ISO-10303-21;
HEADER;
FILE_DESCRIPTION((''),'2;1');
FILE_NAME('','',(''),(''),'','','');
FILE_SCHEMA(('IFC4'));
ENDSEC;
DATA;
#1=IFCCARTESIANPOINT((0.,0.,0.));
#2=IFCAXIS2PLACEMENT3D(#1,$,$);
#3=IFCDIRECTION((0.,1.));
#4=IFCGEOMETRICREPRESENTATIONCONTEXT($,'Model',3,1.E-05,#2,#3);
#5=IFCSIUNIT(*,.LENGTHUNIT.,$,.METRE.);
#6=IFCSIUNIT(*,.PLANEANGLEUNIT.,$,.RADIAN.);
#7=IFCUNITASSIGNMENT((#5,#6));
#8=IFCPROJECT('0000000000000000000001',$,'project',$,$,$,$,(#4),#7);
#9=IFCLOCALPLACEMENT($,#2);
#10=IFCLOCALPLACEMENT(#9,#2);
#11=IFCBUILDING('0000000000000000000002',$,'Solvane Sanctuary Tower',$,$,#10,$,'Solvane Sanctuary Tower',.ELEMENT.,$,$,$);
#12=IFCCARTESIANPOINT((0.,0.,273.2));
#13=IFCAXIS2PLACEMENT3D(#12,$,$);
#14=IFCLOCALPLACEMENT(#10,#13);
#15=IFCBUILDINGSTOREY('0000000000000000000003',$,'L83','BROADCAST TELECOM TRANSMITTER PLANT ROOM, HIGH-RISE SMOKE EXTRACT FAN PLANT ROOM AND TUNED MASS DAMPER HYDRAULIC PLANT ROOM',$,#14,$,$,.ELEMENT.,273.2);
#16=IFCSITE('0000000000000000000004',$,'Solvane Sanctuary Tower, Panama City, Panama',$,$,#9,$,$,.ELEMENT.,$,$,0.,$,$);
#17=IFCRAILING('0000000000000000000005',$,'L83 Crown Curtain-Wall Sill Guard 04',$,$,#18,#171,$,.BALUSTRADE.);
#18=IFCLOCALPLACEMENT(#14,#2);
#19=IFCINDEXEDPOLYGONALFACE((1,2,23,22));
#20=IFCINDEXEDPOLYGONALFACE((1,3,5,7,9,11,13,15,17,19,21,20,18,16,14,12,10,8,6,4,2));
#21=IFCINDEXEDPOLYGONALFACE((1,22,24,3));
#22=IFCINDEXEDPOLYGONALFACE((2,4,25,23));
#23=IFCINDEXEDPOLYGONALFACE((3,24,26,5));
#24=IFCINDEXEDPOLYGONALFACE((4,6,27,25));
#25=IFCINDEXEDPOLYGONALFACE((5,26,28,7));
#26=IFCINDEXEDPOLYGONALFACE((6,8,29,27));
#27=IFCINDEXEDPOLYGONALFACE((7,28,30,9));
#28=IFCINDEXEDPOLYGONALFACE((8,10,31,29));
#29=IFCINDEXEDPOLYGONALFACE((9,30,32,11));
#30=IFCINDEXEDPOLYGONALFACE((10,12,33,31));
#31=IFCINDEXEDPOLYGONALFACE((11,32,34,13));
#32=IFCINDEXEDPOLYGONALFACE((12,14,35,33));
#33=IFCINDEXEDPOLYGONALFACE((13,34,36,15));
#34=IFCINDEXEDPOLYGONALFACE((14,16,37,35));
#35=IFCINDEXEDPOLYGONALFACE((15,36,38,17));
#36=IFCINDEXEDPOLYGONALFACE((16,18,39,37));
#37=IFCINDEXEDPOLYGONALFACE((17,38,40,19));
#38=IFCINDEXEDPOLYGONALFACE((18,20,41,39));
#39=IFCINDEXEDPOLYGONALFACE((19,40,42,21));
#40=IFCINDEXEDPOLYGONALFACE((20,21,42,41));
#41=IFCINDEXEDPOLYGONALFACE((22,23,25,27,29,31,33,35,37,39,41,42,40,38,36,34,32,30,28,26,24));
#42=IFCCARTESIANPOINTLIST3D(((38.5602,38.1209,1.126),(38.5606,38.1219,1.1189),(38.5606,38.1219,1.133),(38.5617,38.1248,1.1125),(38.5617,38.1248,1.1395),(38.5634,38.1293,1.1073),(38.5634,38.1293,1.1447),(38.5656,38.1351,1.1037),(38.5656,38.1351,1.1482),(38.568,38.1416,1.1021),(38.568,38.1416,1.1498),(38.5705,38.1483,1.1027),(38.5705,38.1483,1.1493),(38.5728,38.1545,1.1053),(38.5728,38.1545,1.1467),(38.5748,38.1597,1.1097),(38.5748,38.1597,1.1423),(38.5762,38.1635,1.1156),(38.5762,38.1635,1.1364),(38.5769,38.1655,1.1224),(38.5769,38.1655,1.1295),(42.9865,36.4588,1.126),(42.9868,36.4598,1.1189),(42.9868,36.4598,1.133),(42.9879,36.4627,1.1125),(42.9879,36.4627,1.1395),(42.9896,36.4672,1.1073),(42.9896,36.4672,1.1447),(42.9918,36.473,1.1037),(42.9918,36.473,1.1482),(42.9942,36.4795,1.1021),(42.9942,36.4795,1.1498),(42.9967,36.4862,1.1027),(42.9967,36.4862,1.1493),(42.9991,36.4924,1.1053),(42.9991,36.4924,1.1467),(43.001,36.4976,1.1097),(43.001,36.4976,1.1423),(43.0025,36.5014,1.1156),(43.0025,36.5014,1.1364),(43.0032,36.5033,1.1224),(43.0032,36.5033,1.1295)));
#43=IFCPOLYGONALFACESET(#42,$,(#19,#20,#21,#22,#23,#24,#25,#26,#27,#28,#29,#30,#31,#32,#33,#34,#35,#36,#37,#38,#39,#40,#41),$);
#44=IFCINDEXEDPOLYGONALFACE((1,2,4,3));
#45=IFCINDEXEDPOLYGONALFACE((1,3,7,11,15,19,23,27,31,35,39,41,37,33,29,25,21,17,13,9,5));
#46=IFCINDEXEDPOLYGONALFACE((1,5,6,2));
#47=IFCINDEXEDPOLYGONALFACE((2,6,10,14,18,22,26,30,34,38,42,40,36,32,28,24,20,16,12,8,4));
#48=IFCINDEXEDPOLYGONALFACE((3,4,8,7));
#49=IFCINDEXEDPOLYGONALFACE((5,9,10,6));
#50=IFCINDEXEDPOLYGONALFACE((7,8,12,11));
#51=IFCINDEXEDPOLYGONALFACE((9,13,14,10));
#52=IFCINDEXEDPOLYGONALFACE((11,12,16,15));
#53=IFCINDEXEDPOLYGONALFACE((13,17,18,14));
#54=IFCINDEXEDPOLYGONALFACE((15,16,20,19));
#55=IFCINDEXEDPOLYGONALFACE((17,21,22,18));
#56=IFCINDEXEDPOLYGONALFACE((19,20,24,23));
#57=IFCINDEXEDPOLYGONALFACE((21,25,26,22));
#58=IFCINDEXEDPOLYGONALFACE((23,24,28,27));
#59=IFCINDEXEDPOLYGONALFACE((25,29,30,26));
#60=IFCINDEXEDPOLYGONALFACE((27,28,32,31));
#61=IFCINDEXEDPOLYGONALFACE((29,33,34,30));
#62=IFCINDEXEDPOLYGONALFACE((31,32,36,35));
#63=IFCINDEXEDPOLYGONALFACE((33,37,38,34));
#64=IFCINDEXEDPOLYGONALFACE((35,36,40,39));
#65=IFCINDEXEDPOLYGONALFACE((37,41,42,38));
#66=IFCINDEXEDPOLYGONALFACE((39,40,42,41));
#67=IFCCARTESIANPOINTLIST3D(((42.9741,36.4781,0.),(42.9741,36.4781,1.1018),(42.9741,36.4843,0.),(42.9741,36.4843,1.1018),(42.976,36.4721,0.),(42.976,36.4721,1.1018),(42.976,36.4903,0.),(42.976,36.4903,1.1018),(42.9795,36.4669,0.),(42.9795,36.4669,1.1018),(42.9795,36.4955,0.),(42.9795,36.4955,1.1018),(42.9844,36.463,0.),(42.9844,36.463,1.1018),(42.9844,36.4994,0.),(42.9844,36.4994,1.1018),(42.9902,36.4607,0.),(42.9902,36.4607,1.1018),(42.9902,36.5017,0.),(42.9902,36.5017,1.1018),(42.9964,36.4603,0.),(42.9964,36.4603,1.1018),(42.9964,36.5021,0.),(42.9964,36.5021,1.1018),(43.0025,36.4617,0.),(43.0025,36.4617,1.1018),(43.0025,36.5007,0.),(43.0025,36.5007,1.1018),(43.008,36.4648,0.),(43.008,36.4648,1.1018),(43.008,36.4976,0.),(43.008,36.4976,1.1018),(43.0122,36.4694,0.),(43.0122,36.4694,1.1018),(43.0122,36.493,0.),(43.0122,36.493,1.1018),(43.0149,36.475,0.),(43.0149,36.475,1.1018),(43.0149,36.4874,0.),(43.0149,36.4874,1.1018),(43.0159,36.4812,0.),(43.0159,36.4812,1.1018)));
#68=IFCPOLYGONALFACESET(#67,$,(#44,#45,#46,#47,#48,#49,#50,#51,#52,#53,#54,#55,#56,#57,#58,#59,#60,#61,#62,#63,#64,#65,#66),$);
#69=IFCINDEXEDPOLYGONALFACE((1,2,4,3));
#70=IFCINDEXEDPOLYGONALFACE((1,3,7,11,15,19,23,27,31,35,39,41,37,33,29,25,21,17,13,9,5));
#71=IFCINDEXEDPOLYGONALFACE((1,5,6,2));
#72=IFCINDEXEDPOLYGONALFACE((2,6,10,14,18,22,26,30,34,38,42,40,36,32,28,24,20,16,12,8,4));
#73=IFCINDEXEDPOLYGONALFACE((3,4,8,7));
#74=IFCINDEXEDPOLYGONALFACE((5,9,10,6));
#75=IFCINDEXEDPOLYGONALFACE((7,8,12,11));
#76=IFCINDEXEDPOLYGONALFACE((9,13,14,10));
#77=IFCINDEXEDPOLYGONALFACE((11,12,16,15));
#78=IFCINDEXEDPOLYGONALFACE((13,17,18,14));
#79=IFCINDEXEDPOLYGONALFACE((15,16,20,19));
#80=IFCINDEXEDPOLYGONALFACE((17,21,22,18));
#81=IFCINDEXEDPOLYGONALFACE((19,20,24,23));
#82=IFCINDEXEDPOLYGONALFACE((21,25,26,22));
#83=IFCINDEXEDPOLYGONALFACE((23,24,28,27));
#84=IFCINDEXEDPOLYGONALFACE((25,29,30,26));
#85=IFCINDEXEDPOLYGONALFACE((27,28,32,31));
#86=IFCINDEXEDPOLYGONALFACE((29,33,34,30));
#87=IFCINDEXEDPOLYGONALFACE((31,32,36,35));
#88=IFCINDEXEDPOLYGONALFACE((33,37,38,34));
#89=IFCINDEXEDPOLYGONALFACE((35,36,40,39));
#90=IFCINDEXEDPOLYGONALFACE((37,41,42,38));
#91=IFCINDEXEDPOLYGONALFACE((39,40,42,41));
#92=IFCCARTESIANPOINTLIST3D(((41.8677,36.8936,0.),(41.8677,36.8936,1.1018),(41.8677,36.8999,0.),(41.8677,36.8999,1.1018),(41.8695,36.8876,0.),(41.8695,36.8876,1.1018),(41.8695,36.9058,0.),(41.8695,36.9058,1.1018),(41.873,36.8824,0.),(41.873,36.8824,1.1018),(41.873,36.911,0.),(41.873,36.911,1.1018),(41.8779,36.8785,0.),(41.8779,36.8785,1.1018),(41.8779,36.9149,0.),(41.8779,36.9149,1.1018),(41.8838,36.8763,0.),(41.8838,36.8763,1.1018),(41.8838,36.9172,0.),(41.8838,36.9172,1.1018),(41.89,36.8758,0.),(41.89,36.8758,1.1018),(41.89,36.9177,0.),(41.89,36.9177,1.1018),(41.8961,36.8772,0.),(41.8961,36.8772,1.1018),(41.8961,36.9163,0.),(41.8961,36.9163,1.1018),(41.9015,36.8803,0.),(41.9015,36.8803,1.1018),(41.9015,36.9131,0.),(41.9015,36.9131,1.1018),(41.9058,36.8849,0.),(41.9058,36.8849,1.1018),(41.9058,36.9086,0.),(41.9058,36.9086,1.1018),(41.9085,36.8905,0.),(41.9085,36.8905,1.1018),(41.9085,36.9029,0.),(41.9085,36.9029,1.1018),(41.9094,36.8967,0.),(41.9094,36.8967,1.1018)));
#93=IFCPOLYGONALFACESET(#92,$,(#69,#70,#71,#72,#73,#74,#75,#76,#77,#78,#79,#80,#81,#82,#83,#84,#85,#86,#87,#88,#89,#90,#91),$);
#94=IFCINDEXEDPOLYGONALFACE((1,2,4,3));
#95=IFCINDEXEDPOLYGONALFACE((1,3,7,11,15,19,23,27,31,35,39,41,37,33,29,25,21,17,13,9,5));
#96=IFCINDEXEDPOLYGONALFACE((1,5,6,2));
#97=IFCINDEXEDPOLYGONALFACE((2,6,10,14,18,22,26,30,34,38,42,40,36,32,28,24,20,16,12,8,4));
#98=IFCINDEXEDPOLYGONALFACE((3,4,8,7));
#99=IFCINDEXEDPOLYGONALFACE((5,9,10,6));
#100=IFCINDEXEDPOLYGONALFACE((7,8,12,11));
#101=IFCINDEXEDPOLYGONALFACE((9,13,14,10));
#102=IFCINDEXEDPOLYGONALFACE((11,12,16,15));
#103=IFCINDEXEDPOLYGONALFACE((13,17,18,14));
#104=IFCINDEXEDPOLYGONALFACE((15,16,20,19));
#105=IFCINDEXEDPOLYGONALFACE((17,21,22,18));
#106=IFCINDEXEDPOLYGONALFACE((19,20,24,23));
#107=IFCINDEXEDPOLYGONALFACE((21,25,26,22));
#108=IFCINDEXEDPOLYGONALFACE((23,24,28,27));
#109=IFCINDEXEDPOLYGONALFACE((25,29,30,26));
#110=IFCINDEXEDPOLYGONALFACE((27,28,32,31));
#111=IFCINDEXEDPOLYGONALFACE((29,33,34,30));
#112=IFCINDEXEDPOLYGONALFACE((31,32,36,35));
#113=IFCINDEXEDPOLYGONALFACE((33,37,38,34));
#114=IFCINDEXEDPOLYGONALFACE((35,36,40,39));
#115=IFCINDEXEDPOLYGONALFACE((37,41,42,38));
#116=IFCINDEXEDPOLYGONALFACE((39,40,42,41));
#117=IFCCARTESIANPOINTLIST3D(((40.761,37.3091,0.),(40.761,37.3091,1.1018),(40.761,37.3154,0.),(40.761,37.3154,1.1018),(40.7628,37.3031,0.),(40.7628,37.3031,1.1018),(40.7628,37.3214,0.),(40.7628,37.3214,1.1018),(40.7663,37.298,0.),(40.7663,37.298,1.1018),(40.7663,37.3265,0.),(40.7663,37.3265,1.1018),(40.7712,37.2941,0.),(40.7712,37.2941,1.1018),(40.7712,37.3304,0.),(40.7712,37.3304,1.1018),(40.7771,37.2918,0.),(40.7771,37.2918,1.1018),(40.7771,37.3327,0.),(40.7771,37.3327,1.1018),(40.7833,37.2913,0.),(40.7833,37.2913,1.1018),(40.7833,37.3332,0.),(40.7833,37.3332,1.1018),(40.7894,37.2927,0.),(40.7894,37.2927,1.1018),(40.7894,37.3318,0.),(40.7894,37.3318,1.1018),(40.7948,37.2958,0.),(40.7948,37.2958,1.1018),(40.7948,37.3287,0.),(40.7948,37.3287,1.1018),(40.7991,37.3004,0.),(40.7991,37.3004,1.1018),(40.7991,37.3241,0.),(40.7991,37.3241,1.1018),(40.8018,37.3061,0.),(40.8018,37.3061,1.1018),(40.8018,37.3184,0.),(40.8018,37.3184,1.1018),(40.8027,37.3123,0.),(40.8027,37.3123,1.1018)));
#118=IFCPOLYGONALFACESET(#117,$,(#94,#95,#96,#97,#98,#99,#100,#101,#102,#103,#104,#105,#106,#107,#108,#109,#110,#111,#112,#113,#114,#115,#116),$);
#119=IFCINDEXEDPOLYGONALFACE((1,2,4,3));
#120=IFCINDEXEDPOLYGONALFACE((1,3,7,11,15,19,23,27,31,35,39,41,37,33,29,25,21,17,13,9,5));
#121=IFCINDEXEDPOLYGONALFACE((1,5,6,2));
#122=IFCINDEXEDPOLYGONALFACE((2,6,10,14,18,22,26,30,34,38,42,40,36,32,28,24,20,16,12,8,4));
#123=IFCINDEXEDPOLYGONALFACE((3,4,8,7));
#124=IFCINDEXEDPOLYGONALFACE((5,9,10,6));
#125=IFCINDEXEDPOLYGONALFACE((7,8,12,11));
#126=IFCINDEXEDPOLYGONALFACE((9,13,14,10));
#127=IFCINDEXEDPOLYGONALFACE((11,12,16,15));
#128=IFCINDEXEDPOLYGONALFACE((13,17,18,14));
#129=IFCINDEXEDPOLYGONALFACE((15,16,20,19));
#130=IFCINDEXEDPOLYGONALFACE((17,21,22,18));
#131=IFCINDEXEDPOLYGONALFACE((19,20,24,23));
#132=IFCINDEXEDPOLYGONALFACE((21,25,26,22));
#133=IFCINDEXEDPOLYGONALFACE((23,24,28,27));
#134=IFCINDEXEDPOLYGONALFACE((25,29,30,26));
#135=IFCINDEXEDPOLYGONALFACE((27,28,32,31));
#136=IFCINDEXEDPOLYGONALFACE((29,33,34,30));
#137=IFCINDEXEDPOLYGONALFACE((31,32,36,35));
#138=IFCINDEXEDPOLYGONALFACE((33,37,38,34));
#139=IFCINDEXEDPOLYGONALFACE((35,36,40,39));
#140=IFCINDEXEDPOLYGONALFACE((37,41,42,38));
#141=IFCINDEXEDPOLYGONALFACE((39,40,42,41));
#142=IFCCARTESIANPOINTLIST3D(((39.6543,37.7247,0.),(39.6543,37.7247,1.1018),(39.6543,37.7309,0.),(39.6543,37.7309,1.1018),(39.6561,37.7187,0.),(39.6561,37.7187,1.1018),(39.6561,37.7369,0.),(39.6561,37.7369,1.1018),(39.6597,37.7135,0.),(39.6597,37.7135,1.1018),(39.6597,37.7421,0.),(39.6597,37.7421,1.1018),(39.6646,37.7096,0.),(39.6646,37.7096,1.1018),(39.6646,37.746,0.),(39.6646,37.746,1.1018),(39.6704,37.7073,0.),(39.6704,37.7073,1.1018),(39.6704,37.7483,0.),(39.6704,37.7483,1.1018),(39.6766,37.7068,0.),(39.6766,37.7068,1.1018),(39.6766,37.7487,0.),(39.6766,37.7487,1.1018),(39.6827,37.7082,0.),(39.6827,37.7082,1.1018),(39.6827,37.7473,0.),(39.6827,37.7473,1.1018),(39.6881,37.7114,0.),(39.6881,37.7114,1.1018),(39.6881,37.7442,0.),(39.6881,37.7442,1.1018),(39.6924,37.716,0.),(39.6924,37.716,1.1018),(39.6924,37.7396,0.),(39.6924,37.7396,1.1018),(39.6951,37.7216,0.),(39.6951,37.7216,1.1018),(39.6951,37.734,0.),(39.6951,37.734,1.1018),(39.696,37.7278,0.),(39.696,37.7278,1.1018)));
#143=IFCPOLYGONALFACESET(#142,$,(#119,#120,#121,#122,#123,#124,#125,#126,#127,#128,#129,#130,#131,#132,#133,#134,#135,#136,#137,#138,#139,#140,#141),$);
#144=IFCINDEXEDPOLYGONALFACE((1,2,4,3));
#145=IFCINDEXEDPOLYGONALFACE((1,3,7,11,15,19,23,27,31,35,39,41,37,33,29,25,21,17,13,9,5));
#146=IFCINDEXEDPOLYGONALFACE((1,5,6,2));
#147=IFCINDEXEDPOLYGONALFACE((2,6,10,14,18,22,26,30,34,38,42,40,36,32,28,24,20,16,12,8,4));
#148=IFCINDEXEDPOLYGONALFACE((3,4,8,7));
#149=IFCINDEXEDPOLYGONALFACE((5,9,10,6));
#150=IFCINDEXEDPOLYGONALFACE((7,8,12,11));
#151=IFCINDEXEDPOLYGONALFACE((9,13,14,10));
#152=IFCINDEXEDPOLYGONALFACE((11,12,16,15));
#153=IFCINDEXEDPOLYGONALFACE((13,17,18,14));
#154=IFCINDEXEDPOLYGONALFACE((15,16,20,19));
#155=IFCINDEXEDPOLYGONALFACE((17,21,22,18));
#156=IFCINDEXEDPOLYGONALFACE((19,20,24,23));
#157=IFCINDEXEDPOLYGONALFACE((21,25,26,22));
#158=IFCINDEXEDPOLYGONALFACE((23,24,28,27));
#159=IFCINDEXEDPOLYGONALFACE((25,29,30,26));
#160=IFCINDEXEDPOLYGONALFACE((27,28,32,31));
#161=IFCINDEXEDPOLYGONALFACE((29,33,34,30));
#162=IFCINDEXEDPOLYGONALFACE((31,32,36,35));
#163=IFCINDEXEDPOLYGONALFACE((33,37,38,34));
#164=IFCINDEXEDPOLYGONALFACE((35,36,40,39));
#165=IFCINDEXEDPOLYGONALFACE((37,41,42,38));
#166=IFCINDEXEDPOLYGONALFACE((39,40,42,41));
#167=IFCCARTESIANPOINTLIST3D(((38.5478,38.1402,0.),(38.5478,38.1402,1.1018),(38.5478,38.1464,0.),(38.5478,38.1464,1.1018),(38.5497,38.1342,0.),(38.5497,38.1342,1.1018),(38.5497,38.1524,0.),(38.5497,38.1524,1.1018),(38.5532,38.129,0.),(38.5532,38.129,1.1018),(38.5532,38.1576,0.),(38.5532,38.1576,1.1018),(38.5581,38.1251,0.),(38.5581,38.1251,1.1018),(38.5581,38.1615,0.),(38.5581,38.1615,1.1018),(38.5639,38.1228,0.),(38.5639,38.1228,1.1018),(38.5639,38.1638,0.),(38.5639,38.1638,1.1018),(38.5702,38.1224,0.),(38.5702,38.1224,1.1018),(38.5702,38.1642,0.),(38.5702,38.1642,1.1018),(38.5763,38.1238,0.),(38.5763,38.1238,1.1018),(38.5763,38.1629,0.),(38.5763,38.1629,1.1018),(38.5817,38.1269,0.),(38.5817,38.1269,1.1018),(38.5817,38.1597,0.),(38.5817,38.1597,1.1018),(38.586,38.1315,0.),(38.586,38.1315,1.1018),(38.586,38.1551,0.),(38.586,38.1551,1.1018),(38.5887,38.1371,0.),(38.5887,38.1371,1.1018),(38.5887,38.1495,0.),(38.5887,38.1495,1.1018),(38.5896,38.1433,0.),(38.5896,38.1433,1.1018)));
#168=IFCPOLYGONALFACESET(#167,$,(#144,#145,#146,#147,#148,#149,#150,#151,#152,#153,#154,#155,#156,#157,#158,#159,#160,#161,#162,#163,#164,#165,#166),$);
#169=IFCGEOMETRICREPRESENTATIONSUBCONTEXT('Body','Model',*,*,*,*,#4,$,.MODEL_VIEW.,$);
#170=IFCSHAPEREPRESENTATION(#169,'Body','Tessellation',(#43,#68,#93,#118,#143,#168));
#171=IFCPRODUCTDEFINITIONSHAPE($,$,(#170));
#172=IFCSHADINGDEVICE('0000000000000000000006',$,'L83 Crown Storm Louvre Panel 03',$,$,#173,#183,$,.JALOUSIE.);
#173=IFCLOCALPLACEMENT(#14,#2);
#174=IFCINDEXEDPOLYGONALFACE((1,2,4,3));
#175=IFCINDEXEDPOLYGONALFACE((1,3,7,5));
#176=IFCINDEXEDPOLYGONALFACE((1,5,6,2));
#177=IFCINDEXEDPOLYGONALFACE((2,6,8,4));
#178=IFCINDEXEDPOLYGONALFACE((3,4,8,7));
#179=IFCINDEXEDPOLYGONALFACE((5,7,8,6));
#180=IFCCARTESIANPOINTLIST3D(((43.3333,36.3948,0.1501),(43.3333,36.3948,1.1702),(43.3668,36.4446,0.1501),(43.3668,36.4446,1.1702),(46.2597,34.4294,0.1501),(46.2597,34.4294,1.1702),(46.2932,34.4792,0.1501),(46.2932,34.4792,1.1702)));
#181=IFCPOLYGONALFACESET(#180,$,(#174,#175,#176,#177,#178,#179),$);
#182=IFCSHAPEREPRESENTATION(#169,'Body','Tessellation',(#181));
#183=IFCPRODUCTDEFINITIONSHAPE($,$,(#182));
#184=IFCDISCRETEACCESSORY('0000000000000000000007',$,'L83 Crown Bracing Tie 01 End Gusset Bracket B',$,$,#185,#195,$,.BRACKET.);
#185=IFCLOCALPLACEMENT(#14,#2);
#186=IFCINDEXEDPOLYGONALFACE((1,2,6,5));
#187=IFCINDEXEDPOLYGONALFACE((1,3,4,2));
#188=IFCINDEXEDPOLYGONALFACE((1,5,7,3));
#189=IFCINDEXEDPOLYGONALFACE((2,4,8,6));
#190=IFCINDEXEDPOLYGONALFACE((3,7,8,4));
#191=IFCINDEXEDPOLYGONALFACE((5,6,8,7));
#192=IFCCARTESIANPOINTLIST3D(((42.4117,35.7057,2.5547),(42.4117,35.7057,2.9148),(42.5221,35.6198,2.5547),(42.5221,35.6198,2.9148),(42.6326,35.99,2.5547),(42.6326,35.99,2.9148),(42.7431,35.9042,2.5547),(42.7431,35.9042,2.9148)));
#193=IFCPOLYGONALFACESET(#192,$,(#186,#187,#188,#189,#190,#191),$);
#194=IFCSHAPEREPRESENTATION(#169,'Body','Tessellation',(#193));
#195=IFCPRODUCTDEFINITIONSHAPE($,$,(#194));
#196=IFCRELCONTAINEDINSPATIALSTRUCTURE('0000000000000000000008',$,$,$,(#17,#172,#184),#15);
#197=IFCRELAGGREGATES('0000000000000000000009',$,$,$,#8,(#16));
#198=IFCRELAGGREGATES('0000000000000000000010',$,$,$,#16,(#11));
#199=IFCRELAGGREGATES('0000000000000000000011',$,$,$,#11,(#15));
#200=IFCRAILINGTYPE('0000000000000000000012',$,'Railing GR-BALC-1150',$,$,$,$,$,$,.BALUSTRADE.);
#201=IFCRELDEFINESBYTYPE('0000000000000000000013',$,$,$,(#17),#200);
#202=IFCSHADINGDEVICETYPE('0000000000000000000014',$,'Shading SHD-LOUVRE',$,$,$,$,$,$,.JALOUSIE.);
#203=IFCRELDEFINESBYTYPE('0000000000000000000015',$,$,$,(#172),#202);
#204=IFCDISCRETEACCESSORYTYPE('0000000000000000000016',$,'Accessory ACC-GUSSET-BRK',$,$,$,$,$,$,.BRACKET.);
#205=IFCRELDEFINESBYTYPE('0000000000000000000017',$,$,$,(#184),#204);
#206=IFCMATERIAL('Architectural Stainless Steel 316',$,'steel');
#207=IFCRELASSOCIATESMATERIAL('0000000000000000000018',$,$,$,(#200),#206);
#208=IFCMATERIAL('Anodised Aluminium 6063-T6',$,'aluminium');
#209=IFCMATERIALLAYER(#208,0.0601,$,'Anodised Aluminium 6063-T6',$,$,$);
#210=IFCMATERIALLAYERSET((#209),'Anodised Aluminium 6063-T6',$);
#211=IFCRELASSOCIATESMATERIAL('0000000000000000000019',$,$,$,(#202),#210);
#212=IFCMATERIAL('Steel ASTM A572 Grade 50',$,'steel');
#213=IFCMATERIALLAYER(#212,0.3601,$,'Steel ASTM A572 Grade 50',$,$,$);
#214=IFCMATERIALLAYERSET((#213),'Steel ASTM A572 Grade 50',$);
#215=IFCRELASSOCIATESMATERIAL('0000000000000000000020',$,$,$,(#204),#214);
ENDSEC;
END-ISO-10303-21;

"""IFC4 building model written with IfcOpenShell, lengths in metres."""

from ifc_helpers import new_model, si_unit, direction, frame, origin, origin_2d, place, context, subcontext, project, spatial, rectangle, circle, extrude, material, layer, layer_set, type_object, element, save


model = new_model("IFC4")

# Units and contexts
model_context = context("Model", 3, precision=1e-05, world=origin(), true_north=direction((0.0, 1.0)))
body_context = subcontext(model_context, "Body", "Model", "MODEL_VIEW")
ifc_project = project(units=[si_unit("LENGTHUNIT", "METRE"), si_unit("PLANEANGLEUNIT", "RADIAN")], contexts=[model_context])

# Site, building, storey
site_placement = place(None, origin())
site = spatial("IfcSite", under=ifc_project, at=site_placement, Name="Solvane Sanctuary Tower, Panama City, Panama", CompositionType="ELEMENT", RefElevation=0.0)
building_placement = place(site_placement, origin())
building = spatial("IfcBuilding", under=site, at=building_placement, Name="Solvane Sanctuary Tower", LongName="Solvane Sanctuary Tower", CompositionType="ELEMENT")
storey_placement = place(building_placement, frame((0.0, 0.0, 273.2)))
storey = spatial("IfcBuildingStorey", under=building, at=storey_placement, Name="L83", Description="BROADCAST TELECOM TRANSMITTER PLANT ROOM, HIGH-RISE SMOKE EXTRACT FAN PLANT ROOM AND TUNED MASS DAMPER HYDRAULIC PLANT ROOM", CompositionType="ELEMENT", Elevation=273.2)

# Shared definitions
ifc_material_1 = material(Name="Anodised Aluminium 6063-T6", Category="aluminium")

# Railing
ifc_material_2 = material(Name="Architectural Stainless Steel 316", Category="steel")
railing_type = type_object("IfcRailingType", Name="Railing GR-BALC-1150", PredefinedType="BALUSTRADE", material=ifc_material_2)
railing_1_placement = place(storey_placement, frame((42.9949, 36.4812, 0.0)))
element("IfcRailing", 1, at=railing_1_placement, inside=storey, type_object=railing_type, Name="L83 Crown Curtain-Wall Sill Guard 04", PredefinedType="BALUSTRADE", context=body_context, shape_type="SweptSolid", body=[
    extrude(circle(Radius=0.0239, at=origin_2d()), frame((0.0, 0.0, 1.126), z_axis=(-0.936172, 0.351542, 0.0), x_axis=(-0.351542, -0.936172, 0.0)), (0.0, 0.0, 1.0), 4.728),
    extrude(circle(Radius=0.021, at=origin_2d()), origin(), (0.0, 0.0, 1.0), 1.1018),
    extrude(circle(Radius=0.021, at=origin_2d()), frame((-1.1064, 0.4155, 0.0)), (0.0, 0.0, 1.0), 1.1018),
    extrude(circle(Radius=0.021, at=origin_2d()), frame((-2.2131, 0.8311, 0.0)), (0.0, 0.0, 1.0), 1.1018),
    extrude(circle(Radius=0.021, at=origin_2d()), frame((-3.3198, 1.2466, 0.0)), (0.0, 0.0, 1.0), 1.1018),
    extrude(circle(Radius=0.021, at=origin_2d()), frame((-4.4263, 1.6621, 0.0)), (0.0, 0.0, 1.0), 1.1018),
])

# Shading device
ifc_layer_1 = layer(ifc_material_1, 0.0601, Name="Anodised Aluminium 6063-T6")
ifc_layer_set_1 = layer_set([ifc_layer_1], Name="Anodised Aluminium 6063-T6")
shading_device_type = type_object("IfcShadingDeviceType", Name="Shading SHD-LOUVRE", PredefinedType="JALOUSIE", material=ifc_layer_set_1)
shading_device_placement = place(storey_placement, frame((44.8132, 35.437, 0.1501), z_axis=(0.0, 0.0, 1.0), x_axis=(-0.830154, 0.557534, 0.0)))
element("IfcShadingDevice", 2, at=shading_device_placement, inside=storey, type_object=shading_device_type, Name="L83 Crown Storm Louvre Panel 03", PredefinedType="JALOUSIE", context=body_context, shape_type="SweptSolid", body=[
    extrude(rectangle(XDim=3.5251, YDim=0.0601, at=origin_2d()), origin(), (0.0, 0.0, 1.0), 1.02),
])

# Discrete accessory
ifc_material_3 = material(Name="Steel ASTM A572 Grade 50", Category="steel")
ifc_layer_2 = layer(ifc_material_3, 0.3601, Name="Steel ASTM A572 Grade 50")
ifc_layer_set_2 = layer_set([ifc_layer_2], Name="Steel ASTM A572 Grade 50")
discrete_accessory_type = type_object("IfcDiscreteAccessoryType", Name="Accessory ACC-GUSSET-BRK", PredefinedType="BRACKET", material=ifc_layer_set_2)
discrete_accessory_placement = place(storey_placement, frame((42.5774, 35.8049, 2.5547), z_axis=(0.0, 0.0, 1.0), x_axis=(0.613596, 0.78962, 0.0)))
element("IfcDiscreteAccessory", 3, at=discrete_accessory_placement, inside=storey, type_object=discrete_accessory_type, Name="L83 Crown Bracing Tie 01 End Gusset Bracket B", PredefinedType="BRACKET", context=body_context, shape_type="SweptSolid", body=[
    extrude(rectangle(XDim=0.3601, YDim=0.1399, at=origin_2d()), origin(), (0.0, 0.0, 1.0), 0.3601),
])

save(model, "model.ifc")
